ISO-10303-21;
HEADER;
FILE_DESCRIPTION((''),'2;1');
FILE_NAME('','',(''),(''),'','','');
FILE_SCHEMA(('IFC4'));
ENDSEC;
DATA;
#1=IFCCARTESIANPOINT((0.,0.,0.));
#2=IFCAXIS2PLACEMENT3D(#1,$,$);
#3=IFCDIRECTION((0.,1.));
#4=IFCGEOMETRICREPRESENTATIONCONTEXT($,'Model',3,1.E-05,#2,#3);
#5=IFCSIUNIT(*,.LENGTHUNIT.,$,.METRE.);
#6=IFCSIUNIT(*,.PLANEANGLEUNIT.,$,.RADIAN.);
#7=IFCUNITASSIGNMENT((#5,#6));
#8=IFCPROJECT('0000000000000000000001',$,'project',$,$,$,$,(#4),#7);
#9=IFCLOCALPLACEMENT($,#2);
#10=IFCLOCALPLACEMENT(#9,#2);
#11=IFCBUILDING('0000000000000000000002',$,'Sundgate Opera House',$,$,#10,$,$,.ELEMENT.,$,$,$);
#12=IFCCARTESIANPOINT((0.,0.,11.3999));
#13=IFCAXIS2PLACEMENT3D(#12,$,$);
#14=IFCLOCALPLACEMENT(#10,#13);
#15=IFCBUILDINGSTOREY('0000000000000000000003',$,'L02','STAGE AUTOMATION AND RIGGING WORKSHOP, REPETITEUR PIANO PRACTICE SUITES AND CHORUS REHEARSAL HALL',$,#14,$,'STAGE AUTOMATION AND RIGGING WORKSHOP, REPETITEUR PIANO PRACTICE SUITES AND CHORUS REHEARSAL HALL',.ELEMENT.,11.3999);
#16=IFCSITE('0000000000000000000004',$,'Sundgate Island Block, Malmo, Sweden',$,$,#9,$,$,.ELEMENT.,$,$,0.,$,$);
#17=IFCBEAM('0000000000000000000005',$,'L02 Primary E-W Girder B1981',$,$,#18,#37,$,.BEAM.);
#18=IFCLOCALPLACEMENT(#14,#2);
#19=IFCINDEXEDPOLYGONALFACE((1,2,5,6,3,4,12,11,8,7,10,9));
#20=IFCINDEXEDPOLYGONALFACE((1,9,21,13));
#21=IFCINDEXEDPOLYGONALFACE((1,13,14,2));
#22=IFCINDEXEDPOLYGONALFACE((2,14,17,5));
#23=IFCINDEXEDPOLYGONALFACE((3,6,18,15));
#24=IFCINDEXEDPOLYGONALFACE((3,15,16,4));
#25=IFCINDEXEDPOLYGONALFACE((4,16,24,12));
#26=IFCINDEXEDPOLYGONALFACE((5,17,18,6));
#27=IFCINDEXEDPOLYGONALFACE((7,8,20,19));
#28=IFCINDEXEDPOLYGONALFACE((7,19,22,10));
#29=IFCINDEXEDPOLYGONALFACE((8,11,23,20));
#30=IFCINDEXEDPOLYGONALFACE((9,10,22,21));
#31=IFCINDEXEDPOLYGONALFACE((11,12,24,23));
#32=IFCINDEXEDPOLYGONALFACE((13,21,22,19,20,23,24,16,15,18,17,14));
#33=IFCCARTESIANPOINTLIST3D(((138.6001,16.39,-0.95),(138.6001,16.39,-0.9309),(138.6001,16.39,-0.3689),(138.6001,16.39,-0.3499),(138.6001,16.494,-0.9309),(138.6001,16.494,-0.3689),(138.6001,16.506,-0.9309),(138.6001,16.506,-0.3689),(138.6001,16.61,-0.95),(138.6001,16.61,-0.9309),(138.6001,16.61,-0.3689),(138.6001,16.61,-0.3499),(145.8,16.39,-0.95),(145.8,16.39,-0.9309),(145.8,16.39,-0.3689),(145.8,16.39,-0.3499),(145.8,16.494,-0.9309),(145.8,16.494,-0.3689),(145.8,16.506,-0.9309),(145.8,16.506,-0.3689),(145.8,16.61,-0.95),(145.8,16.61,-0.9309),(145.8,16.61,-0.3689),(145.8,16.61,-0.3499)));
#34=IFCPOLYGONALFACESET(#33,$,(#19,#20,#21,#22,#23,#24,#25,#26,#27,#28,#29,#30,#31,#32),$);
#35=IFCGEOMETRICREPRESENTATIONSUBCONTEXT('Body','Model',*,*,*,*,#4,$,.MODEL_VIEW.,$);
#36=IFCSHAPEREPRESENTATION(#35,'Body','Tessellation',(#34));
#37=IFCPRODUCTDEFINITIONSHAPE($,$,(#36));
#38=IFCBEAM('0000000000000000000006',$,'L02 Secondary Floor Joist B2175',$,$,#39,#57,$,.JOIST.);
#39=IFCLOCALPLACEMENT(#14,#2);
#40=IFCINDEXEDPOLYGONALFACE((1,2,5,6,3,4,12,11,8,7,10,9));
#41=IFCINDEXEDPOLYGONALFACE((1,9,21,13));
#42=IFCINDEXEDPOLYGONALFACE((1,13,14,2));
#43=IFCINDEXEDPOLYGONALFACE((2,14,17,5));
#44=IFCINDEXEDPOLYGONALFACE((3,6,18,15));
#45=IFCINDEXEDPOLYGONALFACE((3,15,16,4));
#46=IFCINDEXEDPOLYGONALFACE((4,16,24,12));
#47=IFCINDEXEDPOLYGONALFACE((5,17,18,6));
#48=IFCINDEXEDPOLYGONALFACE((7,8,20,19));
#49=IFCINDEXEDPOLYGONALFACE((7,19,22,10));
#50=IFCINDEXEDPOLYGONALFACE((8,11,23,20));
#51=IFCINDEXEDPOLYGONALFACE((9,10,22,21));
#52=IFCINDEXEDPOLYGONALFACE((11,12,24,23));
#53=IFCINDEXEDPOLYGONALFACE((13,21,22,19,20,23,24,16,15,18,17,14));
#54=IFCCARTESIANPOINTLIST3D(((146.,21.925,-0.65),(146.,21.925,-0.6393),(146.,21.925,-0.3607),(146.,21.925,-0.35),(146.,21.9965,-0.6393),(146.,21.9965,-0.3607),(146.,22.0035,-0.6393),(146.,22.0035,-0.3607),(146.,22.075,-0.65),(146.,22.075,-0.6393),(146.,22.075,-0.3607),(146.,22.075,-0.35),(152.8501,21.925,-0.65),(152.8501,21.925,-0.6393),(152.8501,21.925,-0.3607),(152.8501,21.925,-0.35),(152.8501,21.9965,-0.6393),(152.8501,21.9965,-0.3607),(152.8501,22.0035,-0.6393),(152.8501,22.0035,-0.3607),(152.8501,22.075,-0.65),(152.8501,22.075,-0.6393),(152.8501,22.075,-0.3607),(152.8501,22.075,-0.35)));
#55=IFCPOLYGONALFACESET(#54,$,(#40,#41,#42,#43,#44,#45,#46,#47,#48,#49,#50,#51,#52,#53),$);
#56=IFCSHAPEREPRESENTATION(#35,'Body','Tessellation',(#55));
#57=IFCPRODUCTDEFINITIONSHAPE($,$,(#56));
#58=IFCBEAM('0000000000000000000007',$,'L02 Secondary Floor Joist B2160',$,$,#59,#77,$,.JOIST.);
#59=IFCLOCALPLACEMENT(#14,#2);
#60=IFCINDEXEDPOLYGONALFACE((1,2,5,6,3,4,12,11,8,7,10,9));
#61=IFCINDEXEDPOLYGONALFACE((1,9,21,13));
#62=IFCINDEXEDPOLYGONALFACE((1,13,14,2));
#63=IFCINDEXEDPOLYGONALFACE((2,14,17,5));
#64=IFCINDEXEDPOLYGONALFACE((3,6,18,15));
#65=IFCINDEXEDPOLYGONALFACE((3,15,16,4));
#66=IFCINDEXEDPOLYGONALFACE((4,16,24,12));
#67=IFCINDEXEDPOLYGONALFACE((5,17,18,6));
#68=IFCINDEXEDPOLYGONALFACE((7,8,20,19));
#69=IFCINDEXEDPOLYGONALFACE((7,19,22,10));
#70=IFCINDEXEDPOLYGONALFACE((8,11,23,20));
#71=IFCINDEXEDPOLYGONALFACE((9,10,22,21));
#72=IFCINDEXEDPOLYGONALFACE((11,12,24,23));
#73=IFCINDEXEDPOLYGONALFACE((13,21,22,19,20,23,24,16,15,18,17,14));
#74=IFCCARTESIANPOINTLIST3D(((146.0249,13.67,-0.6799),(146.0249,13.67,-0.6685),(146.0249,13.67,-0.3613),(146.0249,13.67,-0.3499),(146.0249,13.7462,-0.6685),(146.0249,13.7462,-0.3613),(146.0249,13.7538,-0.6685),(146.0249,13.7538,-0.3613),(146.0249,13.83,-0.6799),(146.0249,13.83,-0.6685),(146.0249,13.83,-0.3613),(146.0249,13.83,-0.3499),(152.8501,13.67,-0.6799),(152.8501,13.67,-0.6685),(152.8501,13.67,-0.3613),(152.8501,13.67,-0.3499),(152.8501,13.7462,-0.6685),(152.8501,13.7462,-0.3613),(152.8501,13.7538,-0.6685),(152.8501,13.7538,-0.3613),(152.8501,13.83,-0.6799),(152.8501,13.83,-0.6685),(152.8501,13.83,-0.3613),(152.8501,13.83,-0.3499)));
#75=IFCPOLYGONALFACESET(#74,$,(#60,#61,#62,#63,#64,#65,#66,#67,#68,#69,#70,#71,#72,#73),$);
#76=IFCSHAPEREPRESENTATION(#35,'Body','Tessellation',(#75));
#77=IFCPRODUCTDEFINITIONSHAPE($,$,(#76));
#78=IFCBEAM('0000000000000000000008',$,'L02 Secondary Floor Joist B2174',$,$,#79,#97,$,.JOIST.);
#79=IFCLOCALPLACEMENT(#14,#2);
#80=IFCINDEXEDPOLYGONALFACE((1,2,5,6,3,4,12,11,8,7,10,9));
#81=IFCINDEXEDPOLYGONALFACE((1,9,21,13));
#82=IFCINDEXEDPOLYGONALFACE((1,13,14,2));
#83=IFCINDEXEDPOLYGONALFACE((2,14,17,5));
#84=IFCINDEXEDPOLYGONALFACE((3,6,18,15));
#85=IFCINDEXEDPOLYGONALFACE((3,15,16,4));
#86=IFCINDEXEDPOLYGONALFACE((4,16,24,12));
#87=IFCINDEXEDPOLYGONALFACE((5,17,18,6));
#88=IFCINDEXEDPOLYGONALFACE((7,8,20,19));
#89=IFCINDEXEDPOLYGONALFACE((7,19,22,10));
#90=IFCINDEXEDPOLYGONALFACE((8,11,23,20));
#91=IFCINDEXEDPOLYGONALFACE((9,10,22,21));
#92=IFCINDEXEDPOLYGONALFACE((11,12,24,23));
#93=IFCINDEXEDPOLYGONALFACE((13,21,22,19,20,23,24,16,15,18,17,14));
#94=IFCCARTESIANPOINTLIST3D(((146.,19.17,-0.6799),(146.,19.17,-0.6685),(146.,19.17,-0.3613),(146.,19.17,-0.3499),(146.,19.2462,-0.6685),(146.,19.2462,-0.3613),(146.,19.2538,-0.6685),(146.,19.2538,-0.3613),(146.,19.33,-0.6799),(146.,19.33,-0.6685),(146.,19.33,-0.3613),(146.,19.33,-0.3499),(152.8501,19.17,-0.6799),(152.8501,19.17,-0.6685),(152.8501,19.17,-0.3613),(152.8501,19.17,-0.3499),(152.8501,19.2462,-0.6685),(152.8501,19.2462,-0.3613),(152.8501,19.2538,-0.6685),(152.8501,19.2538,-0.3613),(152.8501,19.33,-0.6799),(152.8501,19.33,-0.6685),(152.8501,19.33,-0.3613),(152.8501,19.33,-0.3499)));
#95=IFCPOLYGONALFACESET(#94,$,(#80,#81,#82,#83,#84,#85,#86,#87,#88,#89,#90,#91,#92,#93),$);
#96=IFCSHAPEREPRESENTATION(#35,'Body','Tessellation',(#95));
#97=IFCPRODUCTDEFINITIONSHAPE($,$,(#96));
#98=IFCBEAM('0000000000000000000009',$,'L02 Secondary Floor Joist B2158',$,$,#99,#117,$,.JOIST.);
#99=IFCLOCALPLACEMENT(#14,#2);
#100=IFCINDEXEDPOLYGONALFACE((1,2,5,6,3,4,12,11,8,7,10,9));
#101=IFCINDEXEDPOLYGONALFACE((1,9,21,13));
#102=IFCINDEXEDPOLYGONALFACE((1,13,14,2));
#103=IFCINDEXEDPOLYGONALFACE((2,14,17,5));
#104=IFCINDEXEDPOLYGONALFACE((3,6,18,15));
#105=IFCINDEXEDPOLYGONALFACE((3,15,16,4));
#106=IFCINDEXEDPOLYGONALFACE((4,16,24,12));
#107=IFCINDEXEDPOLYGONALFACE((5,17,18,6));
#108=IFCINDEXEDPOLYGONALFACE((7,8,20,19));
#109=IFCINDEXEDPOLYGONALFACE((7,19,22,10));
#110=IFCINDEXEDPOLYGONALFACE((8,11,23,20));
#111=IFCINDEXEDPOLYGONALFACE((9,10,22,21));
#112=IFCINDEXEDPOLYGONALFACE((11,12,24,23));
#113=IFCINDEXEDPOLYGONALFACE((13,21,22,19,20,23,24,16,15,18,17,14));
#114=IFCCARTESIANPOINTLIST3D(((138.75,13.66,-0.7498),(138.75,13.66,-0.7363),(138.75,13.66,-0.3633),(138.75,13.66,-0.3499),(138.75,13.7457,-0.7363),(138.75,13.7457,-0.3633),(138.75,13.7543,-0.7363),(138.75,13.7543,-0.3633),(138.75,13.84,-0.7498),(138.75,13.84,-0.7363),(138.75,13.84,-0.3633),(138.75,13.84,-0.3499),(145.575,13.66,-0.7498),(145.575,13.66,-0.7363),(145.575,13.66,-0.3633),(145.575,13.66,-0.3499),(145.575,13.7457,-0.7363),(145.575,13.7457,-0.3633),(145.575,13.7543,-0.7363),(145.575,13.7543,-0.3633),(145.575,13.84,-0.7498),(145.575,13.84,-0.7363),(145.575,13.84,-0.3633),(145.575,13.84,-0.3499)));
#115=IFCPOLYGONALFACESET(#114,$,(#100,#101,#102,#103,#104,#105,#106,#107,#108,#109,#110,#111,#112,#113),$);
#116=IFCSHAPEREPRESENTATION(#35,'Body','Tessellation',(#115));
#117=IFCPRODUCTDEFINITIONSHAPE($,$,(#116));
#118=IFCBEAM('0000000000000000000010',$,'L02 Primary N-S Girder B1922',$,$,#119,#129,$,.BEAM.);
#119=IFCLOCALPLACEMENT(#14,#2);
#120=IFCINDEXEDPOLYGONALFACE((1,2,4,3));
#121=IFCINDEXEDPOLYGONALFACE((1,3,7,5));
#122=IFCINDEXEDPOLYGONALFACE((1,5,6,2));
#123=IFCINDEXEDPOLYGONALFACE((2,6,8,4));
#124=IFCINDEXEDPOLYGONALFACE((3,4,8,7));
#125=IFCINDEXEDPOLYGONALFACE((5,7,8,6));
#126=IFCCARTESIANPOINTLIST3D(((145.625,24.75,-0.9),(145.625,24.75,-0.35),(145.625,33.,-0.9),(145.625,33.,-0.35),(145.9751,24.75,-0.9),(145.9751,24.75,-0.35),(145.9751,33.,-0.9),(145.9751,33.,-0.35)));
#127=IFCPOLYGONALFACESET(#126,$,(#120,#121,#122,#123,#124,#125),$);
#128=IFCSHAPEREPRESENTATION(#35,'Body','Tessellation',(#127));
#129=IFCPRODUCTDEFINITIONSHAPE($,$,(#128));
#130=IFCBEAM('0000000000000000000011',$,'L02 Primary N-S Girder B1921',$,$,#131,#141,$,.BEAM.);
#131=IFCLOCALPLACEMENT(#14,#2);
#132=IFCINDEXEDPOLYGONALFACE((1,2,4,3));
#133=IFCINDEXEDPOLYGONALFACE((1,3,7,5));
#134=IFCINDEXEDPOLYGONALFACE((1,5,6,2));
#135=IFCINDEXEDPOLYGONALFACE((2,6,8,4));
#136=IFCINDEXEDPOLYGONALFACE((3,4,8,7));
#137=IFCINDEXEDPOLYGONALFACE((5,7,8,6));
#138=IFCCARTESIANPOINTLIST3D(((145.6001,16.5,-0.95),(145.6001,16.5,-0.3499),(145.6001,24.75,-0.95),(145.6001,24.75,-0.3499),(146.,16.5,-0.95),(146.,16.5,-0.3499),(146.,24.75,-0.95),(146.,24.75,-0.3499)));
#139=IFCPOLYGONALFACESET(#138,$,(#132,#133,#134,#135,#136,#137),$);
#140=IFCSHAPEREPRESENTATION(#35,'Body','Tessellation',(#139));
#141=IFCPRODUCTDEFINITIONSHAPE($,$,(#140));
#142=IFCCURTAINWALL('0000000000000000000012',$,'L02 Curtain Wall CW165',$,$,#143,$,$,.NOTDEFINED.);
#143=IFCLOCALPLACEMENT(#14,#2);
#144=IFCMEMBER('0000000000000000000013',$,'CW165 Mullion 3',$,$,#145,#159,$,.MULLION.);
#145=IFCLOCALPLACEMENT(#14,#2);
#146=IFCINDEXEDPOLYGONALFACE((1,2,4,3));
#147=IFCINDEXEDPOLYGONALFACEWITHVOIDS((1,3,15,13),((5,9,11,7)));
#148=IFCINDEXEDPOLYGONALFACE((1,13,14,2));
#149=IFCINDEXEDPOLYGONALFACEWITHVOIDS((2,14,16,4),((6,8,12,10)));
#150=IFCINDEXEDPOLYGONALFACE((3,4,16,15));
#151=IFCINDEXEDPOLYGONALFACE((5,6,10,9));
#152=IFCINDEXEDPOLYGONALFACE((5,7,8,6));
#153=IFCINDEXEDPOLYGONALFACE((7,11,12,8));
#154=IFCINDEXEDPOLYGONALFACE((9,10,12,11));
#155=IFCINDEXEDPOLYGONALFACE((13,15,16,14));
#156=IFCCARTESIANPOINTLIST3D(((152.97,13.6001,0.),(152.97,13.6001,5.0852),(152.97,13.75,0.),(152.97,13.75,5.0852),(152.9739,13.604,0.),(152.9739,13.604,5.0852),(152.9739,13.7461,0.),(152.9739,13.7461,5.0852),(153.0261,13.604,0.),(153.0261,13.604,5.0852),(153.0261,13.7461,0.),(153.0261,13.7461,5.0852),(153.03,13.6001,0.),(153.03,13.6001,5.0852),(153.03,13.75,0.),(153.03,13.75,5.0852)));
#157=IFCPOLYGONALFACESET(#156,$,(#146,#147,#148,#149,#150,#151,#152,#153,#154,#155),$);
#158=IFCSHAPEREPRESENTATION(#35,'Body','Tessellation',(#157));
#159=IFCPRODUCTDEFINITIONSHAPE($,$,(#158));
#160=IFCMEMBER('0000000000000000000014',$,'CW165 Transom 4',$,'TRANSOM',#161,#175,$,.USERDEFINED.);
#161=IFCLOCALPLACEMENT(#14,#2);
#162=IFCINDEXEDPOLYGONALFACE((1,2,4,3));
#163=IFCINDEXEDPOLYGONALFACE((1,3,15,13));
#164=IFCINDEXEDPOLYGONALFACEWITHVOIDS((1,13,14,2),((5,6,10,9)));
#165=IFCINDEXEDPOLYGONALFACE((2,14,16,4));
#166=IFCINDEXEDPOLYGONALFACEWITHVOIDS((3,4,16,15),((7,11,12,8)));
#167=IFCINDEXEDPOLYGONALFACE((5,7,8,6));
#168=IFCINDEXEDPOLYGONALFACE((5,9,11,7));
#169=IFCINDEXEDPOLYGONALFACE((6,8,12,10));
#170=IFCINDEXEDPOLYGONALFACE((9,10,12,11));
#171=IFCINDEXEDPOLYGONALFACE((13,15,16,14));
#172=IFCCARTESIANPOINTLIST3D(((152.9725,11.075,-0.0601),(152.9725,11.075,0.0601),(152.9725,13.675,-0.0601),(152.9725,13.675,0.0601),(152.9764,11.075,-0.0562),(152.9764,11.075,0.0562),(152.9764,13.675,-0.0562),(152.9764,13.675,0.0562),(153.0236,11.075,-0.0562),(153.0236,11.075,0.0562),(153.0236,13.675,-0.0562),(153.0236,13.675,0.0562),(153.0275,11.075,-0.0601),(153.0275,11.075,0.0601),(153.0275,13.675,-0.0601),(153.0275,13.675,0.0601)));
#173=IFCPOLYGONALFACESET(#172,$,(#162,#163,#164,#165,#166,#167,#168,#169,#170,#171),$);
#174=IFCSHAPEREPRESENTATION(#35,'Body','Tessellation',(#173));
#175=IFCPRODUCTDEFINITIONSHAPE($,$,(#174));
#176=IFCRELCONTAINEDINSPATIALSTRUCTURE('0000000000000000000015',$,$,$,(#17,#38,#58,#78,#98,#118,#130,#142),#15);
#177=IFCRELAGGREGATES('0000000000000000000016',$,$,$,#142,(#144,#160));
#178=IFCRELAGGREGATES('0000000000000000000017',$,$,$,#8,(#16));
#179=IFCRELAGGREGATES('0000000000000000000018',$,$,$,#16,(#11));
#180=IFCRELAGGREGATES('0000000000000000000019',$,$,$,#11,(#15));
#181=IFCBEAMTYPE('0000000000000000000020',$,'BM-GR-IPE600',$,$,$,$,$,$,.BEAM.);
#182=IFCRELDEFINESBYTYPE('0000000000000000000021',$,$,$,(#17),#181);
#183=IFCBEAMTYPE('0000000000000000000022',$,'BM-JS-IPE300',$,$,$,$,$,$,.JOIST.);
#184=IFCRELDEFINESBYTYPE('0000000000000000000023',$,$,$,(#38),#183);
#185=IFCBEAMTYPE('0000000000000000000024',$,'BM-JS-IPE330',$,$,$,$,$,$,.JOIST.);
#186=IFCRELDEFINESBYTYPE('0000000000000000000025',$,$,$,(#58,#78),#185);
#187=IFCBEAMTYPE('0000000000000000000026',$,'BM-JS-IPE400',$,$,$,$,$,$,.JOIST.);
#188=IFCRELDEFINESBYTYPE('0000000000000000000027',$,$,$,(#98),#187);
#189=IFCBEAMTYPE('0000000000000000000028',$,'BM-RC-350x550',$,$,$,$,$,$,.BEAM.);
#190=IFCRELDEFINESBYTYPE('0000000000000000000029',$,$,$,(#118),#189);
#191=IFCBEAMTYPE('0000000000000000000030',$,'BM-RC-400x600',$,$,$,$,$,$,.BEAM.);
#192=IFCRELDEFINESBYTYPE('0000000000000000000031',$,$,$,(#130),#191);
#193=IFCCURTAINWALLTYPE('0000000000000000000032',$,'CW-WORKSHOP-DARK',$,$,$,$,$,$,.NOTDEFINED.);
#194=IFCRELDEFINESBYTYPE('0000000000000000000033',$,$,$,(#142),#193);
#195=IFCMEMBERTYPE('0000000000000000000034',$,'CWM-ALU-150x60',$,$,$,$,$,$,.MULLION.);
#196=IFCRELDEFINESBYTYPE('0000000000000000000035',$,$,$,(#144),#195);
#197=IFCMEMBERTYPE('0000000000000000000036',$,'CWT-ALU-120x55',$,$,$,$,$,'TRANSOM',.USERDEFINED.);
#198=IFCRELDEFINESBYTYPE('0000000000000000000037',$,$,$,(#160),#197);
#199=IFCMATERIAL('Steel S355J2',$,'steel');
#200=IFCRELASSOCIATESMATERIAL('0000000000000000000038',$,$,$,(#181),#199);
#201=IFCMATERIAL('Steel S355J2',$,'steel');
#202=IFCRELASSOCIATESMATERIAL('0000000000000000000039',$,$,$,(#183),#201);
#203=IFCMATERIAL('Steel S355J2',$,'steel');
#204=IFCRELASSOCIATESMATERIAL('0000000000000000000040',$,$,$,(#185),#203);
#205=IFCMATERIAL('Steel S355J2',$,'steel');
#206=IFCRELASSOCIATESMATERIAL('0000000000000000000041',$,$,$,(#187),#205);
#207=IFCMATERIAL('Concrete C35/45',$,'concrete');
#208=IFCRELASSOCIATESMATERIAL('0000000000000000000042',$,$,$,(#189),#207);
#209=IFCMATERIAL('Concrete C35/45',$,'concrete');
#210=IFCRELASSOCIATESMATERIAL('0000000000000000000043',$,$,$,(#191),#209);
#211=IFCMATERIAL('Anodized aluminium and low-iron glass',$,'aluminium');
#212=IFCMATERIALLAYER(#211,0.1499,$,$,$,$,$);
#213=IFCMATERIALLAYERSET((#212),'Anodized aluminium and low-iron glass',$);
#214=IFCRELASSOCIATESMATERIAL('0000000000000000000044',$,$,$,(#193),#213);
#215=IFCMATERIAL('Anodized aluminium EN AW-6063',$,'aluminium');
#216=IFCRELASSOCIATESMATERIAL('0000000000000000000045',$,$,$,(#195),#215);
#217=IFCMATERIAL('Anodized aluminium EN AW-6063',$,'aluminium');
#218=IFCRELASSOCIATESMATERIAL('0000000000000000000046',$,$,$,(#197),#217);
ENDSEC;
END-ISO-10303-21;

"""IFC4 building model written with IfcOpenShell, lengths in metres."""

from ifc_helpers import new_model, si_unit, direction, frame, origin, origin_2d, place, context, subcontext, project, spatial, rectangle, hollow_rectangle, i_section, extrude, material, layer, layer_set, material_profile, profile_set, type_object, element, aggregate, save


model = new_model("IFC4")

# Units and contexts
model_context = context("Model", 3, precision=1e-05, world=origin(), true_north=direction((0.0, 1.0)))
body_context = subcontext(model_context, "Body", "Model", "MODEL_VIEW")
ifc_project = project(units=[si_unit("LENGTHUNIT", "METRE"), si_unit("PLANEANGLEUNIT", "RADIAN")], contexts=[model_context])

# Site, building, storey
site_placement = place(None, origin())
site = spatial("IfcSite", under=ifc_project, at=site_placement, Name="Sundgate Island Block, Malmo, Sweden", CompositionType="ELEMENT", RefElevation=0.0)
building_placement = place(site_placement, origin())
building = spatial("IfcBuilding", under=site, at=building_placement, Name="Sundgate Opera House", CompositionType="ELEMENT")
storey_placement = place(building_placement, frame((0.0, 0.0, 11.3999)))
storey = spatial("IfcBuildingStorey", under=building, at=storey_placement, Name="L02", Description="STAGE AUTOMATION AND RIGGING WORKSHOP, REPETITEUR PIANO PRACTICE SUITES AND CHORUS REHEARSAL HALL", LongName="STAGE AUTOMATION AND RIGGING WORKSHOP, REPETITEUR PIANO PRACTICE SUITES AND CHORUS REHEARSAL HALL", CompositionType="ELEMENT", Elevation=11.3999)

# Beams
ifc_material_1 = material(Name="Steel S355J2", Category="steel")
ifc_material_profile_1 = material_profile(ifc_material_1, i_section(OverallWidth=0.22, OverallDepth=0.6001, WebThickness=0.012, FlangeThickness=0.019, at=origin_2d()), Name="IPE 600")
ifc_profile_set_1 = profile_set([ifc_material_profile_1], Name="Steel S355J2")
beam_type_1 = type_object("IfcBeamType", Name="BM-GR-IPE600", PredefinedType="BEAM", material=ifc_profile_set_1)
beam_1_placement = place(storey_placement, frame((138.6001, 16.5, -0.6499), z_axis=(1.0, 0.0, 0.0), x_axis=(0.0, 1.0, 0.0)))
element("IfcBeam", 1, at=beam_1_placement, inside=storey, type_object=beam_type_1, Name="L02 Primary E-W Girder B1981", PredefinedType="BEAM", context=body_context, shape_type="SweptSolid", body=[
    extrude(i_section(OverallWidth=0.22, OverallDepth=0.6001, WebThickness=0.012, FlangeThickness=0.019, at=origin_2d()), origin(), (0.0, 0.0, 1.0), 7.2),
])
ifc_material_2 = material(Name="Steel S355J2", Category="steel")
ifc_material_profile_2 = material_profile(ifc_material_2, i_section(OverallWidth=0.1499, OverallDepth=0.3, WebThickness=0.0071, FlangeThickness=0.0107, at=origin_2d()), Name="IPE 300")
ifc_profile_set_2 = profile_set([ifc_material_profile_2], Name="Steel S355J2")
beam_type_2 = type_object("IfcBeamType", Name="BM-JS-IPE300", PredefinedType="JOIST", material=ifc_profile_set_2)
beam_2_placement = place(storey_placement, frame((146.0, 22.0, -0.5), z_axis=(1.0, 0.0, 0.0), x_axis=(0.0, 1.0, 0.0)))
element("IfcBeam", 2, at=beam_2_placement, inside=storey, type_object=beam_type_2, Name="L02 Secondary Floor Joist B2175", PredefinedType="JOIST", context=body_context, shape_type="SweptSolid", body=[
    extrude(i_section(OverallWidth=0.1499, OverallDepth=0.3, WebThickness=0.0071, FlangeThickness=0.0107, at=origin_2d()), origin(), (0.0, 0.0, 1.0), 6.8501),
])
ifc_material_3 = material(Name="Steel S355J2", Category="steel")
ifc_material_profile_3 = material_profile(ifc_material_3, i_section(OverallWidth=0.1599, OverallDepth=0.3301, WebThickness=0.0076, FlangeThickness=0.0115, at=origin_2d()), Name="IPE 330")
ifc_profile_set_3 = profile_set([ifc_material_profile_3], Name="Steel S355J2")
beam_type_3 = type_object("IfcBeamType", Name="BM-JS-IPE330", PredefinedType="JOIST", material=ifc_profile_set_3)
beam_3_placement = place(storey_placement, frame((146.0249, 13.75, -0.5149), z_axis=(1.0, 0.0, 0.0), x_axis=(0.0, 1.0, 0.0)))
element("IfcBeam", 3, at=beam_3_placement, inside=storey, type_object=beam_type_3, Name="L02 Secondary Floor Joist B2160", PredefinedType="JOIST", context=body_context, shape_type="SweptSolid", body=[
    extrude(i_section(OverallWidth=0.1599, OverallDepth=0.3301, WebThickness=0.0076, FlangeThickness=0.0115, at=origin_2d()), origin(), (0.0, 0.0, 1.0), 6.8252),
])
beam_4_placement = place(storey_placement, frame((146.0, 19.25, -0.5149), z_axis=(1.0, 0.0, 0.0), x_axis=(0.0, 1.0, 0.0)))
element("IfcBeam", 4, at=beam_4_placement, inside=storey, type_object=beam_type_3, Name="L02 Secondary Floor Joist B2174", PredefinedType="JOIST", context=body_context, shape_type="SweptSolid", body=[
    extrude(i_section(OverallWidth=0.1599, OverallDepth=0.3301, WebThickness=0.0076, FlangeThickness=0.0115, at=origin_2d()), origin(), (0.0, 0.0, 1.0), 6.8501),
])
ifc_material_4 = material(Name="Steel S355J2", Category="steel")
ifc_material_profile_4 = material_profile(ifc_material_4, i_section(OverallWidth=0.1799, OverallDepth=0.3999, WebThickness=0.0085, FlangeThickness=0.0134, at=origin_2d()), Name="IPE 400")
ifc_profile_set_4 = profile_set([ifc_material_profile_4], Name="Steel S355J2")
beam_type_4 = type_object("IfcBeamType", Name="BM-JS-IPE400", PredefinedType="JOIST", material=ifc_profile_set_4)
beam_5_placement = place(storey_placement, frame((138.75, 13.75, -0.5498), z_axis=(1.0, 0.0, 0.0), x_axis=(0.0, 1.0, 0.0)))
element("IfcBeam", 5, at=beam_5_placement, inside=storey, type_object=beam_type_4, Name="L02 Secondary Floor Joist B2158", PredefinedType="JOIST", context=body_context, shape_type="SweptSolid", body=[
    extrude(i_section(OverallWidth=0.1799, OverallDepth=0.3999, WebThickness=0.0085, FlangeThickness=0.0134, at=origin_2d()), origin(), (0.0, 0.0, 1.0), 6.825),
])
ifc_material_5 = material(Name="Concrete C35/45", Category="concrete")
ifc_material_profile_5 = material_profile(ifc_material_5, rectangle(XDim=0.3501, YDim=0.55, at=origin_2d()), Name="RC 350x550")
ifc_profile_set_5 = profile_set([ifc_material_profile_5], Name="Concrete C35/45")
beam_type_5 = type_object("IfcBeamType", Name="BM-RC-350x550", PredefinedType="BEAM", material=ifc_profile_set_5)
beam_6_placement = place(storey_placement, frame((145.8, 24.75, -0.625), z_axis=(0.0, 1.0, 0.0), x_axis=(-1.0, 0.0, 0.0)))
element("IfcBeam", 6, at=beam_6_placement, inside=storey, type_object=beam_type_5, Name="L02 Primary N-S Girder B1922", PredefinedType="BEAM", context=body_context, shape_type="SweptSolid", body=[
    extrude(rectangle(XDim=0.3501, YDim=0.55, at=origin_2d()), origin(), (0.0, 0.0, 1.0), 8.25),
])
ifc_material_6 = material(Name="Concrete C35/45", Category="concrete")
ifc_material_profile_6 = material_profile(ifc_material_6, rectangle(XDim=0.3999, YDim=0.6001, at=origin_2d()), Name="RC 400x600")
ifc_profile_set_6 = profile_set([ifc_material_profile_6], Name="Concrete C35/45")
beam_type_6 = type_object("IfcBeamType", Name="BM-RC-400x600", PredefinedType="BEAM", material=ifc_profile_set_6)
beam_7_placement = place(storey_placement, frame((145.8, 16.5, -0.6499), z_axis=(0.0, 1.0, 0.0), x_axis=(-1.0, 0.0, 0.0)))
element("IfcBeam", 7, at=beam_7_placement, inside=storey, type_object=beam_type_6, Name="L02 Primary N-S Girder B1921", PredefinedType="BEAM", context=body_context, shape_type="SweptSolid", body=[
    extrude(rectangle(XDim=0.3999, YDim=0.6001, at=origin_2d()), origin(), (0.0, 0.0, 1.0), 8.25),
])

# Curtain wall, members
ifc_material_7 = material(Name="Anodized aluminium and low-iron glass", Category="aluminium")
ifc_layer_1 = layer(ifc_material_7, 0.1499)
ifc_layer_set_1 = layer_set([ifc_layer_1], Name="Anodized aluminium and low-iron glass")
curtain_wall_type = type_object("IfcCurtainWallType", Name="CW-WORKSHOP-DARK", PredefinedType="NOTDEFINED", material=ifc_layer_set_1)
curtain_wall_placement = place(storey_placement, origin())
curtain_wall = element("IfcCurtainWall", 8, at=curtain_wall_placement, inside=storey, type_object=curtain_wall_type, Name="L02 Curtain Wall CW165", PredefinedType="NOTDEFINED")
ifc_material_8 = material(Name="Anodized aluminium EN AW-6063", Category="aluminium")
ifc_material_profile_7 = material_profile(ifc_material_8, hollow_rectangle(XDim=0.0601, YDim=0.1499, WallThickness=0.0039, at=origin_2d()), Name="CWM 150x60x4")
ifc_profile_set_7 = profile_set([ifc_material_profile_7], Name="Anodized aluminium EN AW-6063")
member_type_1 = type_object("IfcMemberType", Name="CWM-ALU-150x60", PredefinedType="MULLION", material=ifc_profile_set_7)
member_1_placement = place(storey_placement, frame((153.0, 13.675, 0.0), z_axis=(0.0, 0.0, 1.0), x_axis=(1.0, 0.0, 0.0)))
member_1 = element("IfcMember", 9, at=member_1_placement, type_object=member_type_1, Name="CW165 Mullion 3", PredefinedType="MULLION", context=body_context, shape_type="SweptSolid", body=[
    extrude(hollow_rectangle(XDim=0.0601, YDim=0.1499, WallThickness=0.0039, at=origin_2d()), origin(), (0.0, 0.0, 1.0), 5.0852),
])
ifc_material_9 = material(Name="Anodized aluminium EN AW-6063", Category="aluminium")
ifc_material_profile_8 = material_profile(ifc_material_9, hollow_rectangle(XDim=0.0549, YDim=0.1201, WallThickness=0.0039, at=origin_2d()), Name="CWT 120x55x4")
ifc_profile_set_8 = profile_set([ifc_material_profile_8], Name="Anodized aluminium EN AW-6063")
member_type_2 = type_object("IfcMemberType", Name="CWT-ALU-120x55", ElementType="TRANSOM", PredefinedType="USERDEFINED", material=ifc_profile_set_8)
member_2_placement = place(storey_placement, frame((153.0, 11.075, 0.0), z_axis=(0.0, 1.0, 0.0), x_axis=(-1.0, 0.0, 0.0)))
member_2 = element("IfcMember", 10, at=member_2_placement, type_object=member_type_2, Name="CW165 Transom 4", ObjectType="TRANSOM", PredefinedType="USERDEFINED", context=body_context, shape_type="SweptSolid", body=[
    extrude(hollow_rectangle(XDim=0.0549, YDim=0.1201, WallThickness=0.0039, at=origin_2d()), origin(), (0.0, 0.0, 1.0), 2.6001),
])

aggregate(curtain_wall, [member_1, member_2])

save(model, "model.ifc")
